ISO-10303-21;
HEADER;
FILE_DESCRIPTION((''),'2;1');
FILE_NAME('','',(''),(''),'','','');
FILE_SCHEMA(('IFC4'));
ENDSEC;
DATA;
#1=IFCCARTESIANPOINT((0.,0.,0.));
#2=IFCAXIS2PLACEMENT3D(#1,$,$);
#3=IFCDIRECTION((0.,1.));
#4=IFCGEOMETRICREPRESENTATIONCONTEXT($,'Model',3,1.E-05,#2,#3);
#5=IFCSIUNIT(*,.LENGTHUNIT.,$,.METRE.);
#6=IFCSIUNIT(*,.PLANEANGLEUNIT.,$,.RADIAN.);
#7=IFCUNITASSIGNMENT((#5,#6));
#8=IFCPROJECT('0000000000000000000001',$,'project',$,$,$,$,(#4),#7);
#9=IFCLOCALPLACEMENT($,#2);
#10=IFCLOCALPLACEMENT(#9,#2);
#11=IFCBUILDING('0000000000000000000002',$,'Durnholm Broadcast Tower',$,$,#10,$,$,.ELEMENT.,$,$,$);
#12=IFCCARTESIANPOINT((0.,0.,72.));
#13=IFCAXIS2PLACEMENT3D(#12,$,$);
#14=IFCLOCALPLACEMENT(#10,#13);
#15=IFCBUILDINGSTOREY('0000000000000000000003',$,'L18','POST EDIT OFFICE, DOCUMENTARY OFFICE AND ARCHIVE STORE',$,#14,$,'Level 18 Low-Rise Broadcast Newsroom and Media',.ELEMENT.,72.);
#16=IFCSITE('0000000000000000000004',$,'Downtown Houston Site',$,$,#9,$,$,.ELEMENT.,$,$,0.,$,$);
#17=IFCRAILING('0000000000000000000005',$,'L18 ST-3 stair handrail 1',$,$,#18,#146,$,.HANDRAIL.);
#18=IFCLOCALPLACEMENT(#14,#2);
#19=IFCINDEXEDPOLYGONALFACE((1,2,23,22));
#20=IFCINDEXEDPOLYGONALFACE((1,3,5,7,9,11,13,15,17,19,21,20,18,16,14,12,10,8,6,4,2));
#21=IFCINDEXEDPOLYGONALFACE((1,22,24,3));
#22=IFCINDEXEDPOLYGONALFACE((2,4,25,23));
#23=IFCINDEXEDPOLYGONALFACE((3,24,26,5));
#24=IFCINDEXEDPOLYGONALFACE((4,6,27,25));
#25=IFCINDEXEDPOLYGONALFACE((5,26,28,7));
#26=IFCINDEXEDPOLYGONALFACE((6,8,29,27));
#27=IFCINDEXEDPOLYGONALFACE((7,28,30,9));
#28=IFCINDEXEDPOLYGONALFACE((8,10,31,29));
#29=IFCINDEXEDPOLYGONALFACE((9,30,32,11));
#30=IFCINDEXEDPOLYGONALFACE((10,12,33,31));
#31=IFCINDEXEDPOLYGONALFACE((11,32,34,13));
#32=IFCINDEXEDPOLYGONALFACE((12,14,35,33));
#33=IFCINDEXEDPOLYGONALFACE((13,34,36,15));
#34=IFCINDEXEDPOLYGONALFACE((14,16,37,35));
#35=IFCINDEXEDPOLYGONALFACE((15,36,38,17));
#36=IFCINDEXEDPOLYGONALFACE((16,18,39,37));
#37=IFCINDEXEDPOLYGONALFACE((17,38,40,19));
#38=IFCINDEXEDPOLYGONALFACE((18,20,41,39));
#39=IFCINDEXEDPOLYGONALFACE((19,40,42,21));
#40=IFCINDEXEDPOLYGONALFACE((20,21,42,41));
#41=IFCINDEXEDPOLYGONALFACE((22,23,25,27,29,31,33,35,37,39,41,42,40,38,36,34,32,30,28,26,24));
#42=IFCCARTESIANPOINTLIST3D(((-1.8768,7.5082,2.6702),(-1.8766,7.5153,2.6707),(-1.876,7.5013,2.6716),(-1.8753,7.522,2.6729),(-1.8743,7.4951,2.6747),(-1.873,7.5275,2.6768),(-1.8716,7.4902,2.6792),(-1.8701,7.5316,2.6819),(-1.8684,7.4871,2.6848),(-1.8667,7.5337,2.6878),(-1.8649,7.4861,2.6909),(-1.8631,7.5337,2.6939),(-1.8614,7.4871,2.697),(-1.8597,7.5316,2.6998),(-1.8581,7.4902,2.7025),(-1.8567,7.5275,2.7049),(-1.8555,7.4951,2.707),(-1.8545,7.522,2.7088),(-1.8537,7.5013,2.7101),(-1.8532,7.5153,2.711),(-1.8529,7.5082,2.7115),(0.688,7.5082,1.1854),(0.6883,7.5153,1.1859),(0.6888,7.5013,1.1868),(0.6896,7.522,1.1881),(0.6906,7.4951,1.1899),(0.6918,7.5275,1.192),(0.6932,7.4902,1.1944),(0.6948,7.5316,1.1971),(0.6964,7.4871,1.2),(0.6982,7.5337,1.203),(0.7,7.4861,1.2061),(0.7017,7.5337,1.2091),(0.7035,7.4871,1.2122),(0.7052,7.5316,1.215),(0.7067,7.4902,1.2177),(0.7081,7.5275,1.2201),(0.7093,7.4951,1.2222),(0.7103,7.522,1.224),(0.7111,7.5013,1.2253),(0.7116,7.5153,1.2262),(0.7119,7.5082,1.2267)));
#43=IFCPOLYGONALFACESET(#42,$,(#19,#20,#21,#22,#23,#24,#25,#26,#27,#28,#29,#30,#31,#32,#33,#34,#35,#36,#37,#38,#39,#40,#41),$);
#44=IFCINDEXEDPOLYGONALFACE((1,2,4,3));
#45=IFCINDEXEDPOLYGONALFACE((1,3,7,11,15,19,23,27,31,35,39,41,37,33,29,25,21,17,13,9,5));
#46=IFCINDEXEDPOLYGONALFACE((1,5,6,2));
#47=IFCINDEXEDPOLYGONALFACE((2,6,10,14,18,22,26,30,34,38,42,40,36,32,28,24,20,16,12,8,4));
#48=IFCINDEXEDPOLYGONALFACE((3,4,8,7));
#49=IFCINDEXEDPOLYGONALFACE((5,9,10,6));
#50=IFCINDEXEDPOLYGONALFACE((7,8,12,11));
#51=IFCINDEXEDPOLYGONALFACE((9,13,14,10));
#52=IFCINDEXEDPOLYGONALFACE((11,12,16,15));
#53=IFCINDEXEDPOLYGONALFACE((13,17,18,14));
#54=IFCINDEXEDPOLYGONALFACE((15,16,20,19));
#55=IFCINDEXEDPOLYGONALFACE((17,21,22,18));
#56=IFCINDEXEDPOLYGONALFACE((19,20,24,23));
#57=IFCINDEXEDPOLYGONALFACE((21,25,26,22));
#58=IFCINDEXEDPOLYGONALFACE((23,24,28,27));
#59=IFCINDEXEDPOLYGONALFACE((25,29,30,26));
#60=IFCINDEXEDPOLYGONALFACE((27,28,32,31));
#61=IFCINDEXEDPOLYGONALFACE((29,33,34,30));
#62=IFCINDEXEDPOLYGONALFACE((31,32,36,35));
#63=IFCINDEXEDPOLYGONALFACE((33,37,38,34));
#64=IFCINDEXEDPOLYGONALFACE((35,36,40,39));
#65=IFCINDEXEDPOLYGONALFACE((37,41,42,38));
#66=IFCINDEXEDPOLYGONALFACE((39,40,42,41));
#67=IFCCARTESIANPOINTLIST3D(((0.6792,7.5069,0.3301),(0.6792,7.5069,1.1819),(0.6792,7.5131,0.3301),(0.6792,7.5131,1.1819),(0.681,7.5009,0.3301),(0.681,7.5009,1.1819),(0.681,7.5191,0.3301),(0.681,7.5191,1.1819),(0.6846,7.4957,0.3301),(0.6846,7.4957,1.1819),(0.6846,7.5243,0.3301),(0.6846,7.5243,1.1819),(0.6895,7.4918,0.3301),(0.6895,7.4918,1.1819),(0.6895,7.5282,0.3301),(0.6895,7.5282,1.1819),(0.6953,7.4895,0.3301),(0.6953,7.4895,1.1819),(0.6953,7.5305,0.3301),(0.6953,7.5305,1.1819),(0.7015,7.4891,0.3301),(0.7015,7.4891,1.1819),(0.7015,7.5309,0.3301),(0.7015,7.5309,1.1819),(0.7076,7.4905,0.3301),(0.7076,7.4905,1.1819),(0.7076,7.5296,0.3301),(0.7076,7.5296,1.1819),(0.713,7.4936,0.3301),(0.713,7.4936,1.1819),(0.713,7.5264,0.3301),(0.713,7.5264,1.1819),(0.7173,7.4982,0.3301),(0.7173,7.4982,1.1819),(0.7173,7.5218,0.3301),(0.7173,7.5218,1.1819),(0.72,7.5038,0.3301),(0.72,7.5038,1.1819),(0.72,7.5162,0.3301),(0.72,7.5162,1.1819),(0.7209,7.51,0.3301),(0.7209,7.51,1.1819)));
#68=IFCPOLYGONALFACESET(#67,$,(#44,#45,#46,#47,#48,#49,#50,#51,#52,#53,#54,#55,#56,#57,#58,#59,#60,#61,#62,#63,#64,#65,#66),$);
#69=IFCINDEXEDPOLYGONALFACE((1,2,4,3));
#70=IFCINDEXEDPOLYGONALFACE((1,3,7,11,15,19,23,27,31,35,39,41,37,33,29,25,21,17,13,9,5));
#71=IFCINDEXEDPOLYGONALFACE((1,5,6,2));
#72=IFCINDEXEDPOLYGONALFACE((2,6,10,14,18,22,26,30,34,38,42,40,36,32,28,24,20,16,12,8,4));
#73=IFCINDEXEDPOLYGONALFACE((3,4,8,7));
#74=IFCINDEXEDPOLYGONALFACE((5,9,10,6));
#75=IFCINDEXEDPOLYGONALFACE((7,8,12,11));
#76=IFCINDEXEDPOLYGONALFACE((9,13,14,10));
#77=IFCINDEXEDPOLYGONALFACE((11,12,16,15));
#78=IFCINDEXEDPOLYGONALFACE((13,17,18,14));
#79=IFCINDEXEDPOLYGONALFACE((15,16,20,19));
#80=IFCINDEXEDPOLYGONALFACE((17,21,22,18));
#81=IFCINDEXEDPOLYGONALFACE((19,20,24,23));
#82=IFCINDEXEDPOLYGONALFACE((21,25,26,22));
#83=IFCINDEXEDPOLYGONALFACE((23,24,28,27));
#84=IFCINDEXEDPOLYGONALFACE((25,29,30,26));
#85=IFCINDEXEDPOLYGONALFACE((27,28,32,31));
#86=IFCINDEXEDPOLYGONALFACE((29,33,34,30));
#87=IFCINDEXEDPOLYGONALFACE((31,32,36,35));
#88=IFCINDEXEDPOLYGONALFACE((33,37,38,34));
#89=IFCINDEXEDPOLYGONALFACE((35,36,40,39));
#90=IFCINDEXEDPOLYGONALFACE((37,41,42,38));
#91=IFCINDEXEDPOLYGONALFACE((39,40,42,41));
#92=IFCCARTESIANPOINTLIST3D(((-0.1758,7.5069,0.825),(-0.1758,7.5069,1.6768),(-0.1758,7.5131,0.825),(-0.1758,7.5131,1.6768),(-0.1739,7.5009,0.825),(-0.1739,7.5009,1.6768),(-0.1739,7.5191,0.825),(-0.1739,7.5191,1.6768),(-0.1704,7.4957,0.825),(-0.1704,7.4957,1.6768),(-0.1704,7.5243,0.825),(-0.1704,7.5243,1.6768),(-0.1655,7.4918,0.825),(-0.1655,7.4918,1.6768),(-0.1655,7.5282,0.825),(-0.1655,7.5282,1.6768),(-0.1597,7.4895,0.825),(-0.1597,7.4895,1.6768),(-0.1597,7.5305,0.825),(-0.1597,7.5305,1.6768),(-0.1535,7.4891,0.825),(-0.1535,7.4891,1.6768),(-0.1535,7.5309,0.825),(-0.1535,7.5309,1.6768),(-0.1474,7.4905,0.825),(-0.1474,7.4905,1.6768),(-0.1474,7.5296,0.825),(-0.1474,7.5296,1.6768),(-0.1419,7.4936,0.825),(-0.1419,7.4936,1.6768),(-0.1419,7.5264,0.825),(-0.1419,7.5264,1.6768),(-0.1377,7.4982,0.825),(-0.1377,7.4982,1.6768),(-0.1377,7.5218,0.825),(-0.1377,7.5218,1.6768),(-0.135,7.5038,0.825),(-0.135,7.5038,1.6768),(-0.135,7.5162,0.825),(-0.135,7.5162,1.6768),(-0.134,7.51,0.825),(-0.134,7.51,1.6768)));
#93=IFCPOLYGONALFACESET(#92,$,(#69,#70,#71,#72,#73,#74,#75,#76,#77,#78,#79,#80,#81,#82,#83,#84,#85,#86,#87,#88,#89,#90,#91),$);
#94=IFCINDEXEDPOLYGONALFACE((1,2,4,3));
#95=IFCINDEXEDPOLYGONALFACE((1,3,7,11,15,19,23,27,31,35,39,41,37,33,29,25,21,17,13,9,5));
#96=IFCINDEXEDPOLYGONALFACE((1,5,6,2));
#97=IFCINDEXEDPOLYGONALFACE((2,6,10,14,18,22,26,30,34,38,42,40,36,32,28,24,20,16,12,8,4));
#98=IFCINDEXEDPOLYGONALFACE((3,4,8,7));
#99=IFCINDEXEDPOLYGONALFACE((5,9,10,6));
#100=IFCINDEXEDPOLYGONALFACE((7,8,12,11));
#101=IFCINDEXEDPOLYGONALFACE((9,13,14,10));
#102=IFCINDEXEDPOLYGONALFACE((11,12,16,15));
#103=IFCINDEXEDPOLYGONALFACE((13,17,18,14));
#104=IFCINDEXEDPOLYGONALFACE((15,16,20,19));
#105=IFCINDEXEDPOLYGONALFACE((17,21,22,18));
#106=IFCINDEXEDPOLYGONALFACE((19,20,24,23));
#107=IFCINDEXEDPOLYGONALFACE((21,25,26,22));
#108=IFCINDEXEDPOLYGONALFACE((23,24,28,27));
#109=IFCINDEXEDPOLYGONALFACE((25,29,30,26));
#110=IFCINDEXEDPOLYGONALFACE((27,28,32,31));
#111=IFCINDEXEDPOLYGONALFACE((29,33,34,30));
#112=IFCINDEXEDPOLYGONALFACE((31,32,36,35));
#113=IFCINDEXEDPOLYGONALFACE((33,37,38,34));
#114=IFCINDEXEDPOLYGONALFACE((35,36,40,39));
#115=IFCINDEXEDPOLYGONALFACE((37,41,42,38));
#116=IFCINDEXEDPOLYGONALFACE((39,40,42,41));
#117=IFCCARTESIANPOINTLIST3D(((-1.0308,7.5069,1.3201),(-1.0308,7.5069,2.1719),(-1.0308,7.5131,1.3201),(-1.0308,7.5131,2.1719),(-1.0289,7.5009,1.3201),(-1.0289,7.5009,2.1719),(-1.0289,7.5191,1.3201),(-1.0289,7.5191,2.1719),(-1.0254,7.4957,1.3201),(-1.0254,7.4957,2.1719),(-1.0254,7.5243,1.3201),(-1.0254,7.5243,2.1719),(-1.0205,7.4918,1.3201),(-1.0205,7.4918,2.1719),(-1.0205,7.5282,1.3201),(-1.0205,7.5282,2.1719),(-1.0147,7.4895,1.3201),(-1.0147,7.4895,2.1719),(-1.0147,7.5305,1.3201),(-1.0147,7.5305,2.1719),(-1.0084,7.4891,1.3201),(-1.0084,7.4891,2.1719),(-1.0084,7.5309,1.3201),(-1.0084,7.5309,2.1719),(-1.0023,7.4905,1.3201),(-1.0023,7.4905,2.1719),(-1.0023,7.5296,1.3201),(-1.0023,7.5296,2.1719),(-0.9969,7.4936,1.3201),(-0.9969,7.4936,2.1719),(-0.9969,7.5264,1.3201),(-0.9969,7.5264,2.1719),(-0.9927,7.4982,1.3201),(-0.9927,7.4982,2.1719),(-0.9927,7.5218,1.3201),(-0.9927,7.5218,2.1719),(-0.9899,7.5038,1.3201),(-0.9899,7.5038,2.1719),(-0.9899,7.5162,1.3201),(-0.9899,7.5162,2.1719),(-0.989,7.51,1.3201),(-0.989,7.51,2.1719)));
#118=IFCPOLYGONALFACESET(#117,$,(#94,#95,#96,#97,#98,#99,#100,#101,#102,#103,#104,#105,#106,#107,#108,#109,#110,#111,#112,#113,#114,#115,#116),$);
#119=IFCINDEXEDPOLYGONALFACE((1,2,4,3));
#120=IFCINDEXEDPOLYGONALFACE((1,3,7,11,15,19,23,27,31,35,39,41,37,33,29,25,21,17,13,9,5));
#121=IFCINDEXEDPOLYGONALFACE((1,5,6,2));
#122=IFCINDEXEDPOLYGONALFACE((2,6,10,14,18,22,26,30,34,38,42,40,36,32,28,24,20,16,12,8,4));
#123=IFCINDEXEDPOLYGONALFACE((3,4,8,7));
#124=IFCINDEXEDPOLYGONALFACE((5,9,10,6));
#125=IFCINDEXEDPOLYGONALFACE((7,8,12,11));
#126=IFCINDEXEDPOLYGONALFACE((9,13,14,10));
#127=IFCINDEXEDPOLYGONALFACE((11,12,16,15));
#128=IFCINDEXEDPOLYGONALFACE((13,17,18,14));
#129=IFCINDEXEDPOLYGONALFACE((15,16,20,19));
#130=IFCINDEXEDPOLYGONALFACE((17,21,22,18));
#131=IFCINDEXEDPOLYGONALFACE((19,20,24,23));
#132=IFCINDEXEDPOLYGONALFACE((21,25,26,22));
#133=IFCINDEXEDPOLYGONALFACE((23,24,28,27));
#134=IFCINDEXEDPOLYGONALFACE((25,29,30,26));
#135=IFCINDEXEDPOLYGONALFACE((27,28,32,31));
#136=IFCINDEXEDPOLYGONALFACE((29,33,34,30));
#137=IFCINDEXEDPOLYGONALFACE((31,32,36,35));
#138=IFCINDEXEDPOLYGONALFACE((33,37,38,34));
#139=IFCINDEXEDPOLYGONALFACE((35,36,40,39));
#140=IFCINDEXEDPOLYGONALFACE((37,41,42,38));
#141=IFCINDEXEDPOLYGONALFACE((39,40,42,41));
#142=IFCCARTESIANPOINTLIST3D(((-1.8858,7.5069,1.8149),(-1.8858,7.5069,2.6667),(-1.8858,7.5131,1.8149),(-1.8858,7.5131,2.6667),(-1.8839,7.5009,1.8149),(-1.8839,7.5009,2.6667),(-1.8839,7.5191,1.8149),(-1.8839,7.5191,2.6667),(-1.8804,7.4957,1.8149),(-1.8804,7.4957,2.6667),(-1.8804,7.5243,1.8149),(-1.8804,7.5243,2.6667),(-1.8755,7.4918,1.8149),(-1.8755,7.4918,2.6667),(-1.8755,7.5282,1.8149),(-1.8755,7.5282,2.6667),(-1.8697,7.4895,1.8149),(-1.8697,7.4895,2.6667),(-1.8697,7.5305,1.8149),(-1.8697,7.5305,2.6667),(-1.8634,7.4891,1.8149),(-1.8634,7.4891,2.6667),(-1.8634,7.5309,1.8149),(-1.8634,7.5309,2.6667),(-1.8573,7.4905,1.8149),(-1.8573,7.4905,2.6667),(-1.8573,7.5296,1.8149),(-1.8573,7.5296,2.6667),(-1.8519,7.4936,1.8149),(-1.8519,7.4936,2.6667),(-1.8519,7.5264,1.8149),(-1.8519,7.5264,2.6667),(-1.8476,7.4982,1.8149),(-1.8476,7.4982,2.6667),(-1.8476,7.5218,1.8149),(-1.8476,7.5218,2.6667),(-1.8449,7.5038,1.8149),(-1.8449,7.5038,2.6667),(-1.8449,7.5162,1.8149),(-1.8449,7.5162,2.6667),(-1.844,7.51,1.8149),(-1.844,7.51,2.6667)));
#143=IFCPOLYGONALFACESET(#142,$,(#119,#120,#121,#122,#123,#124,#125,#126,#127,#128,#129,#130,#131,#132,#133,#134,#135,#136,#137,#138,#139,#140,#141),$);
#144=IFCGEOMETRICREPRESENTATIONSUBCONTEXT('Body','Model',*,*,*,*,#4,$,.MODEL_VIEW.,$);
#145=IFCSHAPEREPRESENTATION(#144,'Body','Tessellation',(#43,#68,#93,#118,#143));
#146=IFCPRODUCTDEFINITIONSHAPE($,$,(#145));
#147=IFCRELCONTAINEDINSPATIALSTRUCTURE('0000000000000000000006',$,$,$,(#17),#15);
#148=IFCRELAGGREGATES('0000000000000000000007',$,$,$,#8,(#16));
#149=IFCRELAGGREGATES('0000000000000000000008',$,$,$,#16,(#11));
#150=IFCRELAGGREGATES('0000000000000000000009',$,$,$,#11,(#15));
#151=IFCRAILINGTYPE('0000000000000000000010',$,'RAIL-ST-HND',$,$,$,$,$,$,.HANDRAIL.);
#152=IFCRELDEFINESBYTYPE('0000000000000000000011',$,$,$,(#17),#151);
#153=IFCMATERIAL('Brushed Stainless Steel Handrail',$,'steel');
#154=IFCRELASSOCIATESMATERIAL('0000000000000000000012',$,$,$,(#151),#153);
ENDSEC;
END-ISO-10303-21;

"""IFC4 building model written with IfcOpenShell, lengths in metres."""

from ifc_helpers import new_model, si_unit, direction, frame, origin, origin_2d, place, context, subcontext, project, spatial, circle, extrude, material, type_object, element, save


model = new_model("IFC4")

# Units and contexts
model_context = context("Model", 3, precision=1e-05, world=origin(), true_north=direction((0.0, 1.0)))
body_context = subcontext(model_context, "Body", "Model", "MODEL_VIEW")
ifc_project = project(units=[si_unit("LENGTHUNIT", "METRE"), si_unit("PLANEANGLEUNIT", "RADIAN")], contexts=[model_context])

# Site, building, storey
site_placement = place(None, origin())
site = spatial("IfcSite", under=ifc_project, at=site_placement, Name="Downtown Houston Site", CompositionType="ELEMENT", RefElevation=0.0)
building_placement = place(site_placement, origin())
building = spatial("IfcBuilding", under=site, at=building_placement, Name="Durnholm Broadcast Tower", CompositionType="ELEMENT")
storey_placement = place(building_placement, frame((0.0, 0.0, 72.0)))
storey = spatial("IfcBuildingStorey", under=building, at=storey_placement, Name="L18", Description="POST EDIT OFFICE, DOCUMENTARY OFFICE AND ARCHIVE STORE", LongName="Level 18 Low-Rise Broadcast Newsroom and Media", CompositionType="ELEMENT", Elevation=72.0)

# Railing
ifc_material_1 = material(Name="Brushed Stainless Steel Handrail", Category="steel")
railing_type_1 = type_object("IfcRailingType", Name="RAIL-ST-HND", PredefinedType="HANDRAIL", material=ifc_material_1)
railing_1_placement = place(storey_placement, frame((0.7, 7.51, 0.3301)))
element("IfcRailing", 1, at=railing_1_placement, inside=storey, type_object=railing_type_1, Name="L18 ST-3 stair handrail 1", PredefinedType="HANDRAIL", context=body_context, shape_type="SweptSolid", body=[
    extrude(circle(Radius=0.0239, at=origin_2d()), frame((0.0, 0.0, 0.876), z_axis=(-0.865441, 0.0, 0.50101), x_axis=(0.0, -1.0, 0.0)), (0.0, 0.0, 1.0), 2.9636),
    extrude(circle(Radius=0.021, at=origin_2d()), origin(), (0.0, 0.0, 1.0), 0.8518),
    extrude(circle(Radius=0.021, at=origin_2d()), frame((-0.855, 0.0, 0.4949)), (0.0, 0.0, 1.0), 0.8518),
    extrude(circle(Radius=0.021, at=origin_2d()), frame((-1.71, 0.0, 0.99)), (0.0, 0.0, 1.0), 0.8518),
    extrude(circle(Radius=0.021, at=origin_2d()), frame((-2.5649, 0.0, 1.4849)), (0.0, 0.0, 1.0), 0.8518),
])

save(model, "model.ifc")
